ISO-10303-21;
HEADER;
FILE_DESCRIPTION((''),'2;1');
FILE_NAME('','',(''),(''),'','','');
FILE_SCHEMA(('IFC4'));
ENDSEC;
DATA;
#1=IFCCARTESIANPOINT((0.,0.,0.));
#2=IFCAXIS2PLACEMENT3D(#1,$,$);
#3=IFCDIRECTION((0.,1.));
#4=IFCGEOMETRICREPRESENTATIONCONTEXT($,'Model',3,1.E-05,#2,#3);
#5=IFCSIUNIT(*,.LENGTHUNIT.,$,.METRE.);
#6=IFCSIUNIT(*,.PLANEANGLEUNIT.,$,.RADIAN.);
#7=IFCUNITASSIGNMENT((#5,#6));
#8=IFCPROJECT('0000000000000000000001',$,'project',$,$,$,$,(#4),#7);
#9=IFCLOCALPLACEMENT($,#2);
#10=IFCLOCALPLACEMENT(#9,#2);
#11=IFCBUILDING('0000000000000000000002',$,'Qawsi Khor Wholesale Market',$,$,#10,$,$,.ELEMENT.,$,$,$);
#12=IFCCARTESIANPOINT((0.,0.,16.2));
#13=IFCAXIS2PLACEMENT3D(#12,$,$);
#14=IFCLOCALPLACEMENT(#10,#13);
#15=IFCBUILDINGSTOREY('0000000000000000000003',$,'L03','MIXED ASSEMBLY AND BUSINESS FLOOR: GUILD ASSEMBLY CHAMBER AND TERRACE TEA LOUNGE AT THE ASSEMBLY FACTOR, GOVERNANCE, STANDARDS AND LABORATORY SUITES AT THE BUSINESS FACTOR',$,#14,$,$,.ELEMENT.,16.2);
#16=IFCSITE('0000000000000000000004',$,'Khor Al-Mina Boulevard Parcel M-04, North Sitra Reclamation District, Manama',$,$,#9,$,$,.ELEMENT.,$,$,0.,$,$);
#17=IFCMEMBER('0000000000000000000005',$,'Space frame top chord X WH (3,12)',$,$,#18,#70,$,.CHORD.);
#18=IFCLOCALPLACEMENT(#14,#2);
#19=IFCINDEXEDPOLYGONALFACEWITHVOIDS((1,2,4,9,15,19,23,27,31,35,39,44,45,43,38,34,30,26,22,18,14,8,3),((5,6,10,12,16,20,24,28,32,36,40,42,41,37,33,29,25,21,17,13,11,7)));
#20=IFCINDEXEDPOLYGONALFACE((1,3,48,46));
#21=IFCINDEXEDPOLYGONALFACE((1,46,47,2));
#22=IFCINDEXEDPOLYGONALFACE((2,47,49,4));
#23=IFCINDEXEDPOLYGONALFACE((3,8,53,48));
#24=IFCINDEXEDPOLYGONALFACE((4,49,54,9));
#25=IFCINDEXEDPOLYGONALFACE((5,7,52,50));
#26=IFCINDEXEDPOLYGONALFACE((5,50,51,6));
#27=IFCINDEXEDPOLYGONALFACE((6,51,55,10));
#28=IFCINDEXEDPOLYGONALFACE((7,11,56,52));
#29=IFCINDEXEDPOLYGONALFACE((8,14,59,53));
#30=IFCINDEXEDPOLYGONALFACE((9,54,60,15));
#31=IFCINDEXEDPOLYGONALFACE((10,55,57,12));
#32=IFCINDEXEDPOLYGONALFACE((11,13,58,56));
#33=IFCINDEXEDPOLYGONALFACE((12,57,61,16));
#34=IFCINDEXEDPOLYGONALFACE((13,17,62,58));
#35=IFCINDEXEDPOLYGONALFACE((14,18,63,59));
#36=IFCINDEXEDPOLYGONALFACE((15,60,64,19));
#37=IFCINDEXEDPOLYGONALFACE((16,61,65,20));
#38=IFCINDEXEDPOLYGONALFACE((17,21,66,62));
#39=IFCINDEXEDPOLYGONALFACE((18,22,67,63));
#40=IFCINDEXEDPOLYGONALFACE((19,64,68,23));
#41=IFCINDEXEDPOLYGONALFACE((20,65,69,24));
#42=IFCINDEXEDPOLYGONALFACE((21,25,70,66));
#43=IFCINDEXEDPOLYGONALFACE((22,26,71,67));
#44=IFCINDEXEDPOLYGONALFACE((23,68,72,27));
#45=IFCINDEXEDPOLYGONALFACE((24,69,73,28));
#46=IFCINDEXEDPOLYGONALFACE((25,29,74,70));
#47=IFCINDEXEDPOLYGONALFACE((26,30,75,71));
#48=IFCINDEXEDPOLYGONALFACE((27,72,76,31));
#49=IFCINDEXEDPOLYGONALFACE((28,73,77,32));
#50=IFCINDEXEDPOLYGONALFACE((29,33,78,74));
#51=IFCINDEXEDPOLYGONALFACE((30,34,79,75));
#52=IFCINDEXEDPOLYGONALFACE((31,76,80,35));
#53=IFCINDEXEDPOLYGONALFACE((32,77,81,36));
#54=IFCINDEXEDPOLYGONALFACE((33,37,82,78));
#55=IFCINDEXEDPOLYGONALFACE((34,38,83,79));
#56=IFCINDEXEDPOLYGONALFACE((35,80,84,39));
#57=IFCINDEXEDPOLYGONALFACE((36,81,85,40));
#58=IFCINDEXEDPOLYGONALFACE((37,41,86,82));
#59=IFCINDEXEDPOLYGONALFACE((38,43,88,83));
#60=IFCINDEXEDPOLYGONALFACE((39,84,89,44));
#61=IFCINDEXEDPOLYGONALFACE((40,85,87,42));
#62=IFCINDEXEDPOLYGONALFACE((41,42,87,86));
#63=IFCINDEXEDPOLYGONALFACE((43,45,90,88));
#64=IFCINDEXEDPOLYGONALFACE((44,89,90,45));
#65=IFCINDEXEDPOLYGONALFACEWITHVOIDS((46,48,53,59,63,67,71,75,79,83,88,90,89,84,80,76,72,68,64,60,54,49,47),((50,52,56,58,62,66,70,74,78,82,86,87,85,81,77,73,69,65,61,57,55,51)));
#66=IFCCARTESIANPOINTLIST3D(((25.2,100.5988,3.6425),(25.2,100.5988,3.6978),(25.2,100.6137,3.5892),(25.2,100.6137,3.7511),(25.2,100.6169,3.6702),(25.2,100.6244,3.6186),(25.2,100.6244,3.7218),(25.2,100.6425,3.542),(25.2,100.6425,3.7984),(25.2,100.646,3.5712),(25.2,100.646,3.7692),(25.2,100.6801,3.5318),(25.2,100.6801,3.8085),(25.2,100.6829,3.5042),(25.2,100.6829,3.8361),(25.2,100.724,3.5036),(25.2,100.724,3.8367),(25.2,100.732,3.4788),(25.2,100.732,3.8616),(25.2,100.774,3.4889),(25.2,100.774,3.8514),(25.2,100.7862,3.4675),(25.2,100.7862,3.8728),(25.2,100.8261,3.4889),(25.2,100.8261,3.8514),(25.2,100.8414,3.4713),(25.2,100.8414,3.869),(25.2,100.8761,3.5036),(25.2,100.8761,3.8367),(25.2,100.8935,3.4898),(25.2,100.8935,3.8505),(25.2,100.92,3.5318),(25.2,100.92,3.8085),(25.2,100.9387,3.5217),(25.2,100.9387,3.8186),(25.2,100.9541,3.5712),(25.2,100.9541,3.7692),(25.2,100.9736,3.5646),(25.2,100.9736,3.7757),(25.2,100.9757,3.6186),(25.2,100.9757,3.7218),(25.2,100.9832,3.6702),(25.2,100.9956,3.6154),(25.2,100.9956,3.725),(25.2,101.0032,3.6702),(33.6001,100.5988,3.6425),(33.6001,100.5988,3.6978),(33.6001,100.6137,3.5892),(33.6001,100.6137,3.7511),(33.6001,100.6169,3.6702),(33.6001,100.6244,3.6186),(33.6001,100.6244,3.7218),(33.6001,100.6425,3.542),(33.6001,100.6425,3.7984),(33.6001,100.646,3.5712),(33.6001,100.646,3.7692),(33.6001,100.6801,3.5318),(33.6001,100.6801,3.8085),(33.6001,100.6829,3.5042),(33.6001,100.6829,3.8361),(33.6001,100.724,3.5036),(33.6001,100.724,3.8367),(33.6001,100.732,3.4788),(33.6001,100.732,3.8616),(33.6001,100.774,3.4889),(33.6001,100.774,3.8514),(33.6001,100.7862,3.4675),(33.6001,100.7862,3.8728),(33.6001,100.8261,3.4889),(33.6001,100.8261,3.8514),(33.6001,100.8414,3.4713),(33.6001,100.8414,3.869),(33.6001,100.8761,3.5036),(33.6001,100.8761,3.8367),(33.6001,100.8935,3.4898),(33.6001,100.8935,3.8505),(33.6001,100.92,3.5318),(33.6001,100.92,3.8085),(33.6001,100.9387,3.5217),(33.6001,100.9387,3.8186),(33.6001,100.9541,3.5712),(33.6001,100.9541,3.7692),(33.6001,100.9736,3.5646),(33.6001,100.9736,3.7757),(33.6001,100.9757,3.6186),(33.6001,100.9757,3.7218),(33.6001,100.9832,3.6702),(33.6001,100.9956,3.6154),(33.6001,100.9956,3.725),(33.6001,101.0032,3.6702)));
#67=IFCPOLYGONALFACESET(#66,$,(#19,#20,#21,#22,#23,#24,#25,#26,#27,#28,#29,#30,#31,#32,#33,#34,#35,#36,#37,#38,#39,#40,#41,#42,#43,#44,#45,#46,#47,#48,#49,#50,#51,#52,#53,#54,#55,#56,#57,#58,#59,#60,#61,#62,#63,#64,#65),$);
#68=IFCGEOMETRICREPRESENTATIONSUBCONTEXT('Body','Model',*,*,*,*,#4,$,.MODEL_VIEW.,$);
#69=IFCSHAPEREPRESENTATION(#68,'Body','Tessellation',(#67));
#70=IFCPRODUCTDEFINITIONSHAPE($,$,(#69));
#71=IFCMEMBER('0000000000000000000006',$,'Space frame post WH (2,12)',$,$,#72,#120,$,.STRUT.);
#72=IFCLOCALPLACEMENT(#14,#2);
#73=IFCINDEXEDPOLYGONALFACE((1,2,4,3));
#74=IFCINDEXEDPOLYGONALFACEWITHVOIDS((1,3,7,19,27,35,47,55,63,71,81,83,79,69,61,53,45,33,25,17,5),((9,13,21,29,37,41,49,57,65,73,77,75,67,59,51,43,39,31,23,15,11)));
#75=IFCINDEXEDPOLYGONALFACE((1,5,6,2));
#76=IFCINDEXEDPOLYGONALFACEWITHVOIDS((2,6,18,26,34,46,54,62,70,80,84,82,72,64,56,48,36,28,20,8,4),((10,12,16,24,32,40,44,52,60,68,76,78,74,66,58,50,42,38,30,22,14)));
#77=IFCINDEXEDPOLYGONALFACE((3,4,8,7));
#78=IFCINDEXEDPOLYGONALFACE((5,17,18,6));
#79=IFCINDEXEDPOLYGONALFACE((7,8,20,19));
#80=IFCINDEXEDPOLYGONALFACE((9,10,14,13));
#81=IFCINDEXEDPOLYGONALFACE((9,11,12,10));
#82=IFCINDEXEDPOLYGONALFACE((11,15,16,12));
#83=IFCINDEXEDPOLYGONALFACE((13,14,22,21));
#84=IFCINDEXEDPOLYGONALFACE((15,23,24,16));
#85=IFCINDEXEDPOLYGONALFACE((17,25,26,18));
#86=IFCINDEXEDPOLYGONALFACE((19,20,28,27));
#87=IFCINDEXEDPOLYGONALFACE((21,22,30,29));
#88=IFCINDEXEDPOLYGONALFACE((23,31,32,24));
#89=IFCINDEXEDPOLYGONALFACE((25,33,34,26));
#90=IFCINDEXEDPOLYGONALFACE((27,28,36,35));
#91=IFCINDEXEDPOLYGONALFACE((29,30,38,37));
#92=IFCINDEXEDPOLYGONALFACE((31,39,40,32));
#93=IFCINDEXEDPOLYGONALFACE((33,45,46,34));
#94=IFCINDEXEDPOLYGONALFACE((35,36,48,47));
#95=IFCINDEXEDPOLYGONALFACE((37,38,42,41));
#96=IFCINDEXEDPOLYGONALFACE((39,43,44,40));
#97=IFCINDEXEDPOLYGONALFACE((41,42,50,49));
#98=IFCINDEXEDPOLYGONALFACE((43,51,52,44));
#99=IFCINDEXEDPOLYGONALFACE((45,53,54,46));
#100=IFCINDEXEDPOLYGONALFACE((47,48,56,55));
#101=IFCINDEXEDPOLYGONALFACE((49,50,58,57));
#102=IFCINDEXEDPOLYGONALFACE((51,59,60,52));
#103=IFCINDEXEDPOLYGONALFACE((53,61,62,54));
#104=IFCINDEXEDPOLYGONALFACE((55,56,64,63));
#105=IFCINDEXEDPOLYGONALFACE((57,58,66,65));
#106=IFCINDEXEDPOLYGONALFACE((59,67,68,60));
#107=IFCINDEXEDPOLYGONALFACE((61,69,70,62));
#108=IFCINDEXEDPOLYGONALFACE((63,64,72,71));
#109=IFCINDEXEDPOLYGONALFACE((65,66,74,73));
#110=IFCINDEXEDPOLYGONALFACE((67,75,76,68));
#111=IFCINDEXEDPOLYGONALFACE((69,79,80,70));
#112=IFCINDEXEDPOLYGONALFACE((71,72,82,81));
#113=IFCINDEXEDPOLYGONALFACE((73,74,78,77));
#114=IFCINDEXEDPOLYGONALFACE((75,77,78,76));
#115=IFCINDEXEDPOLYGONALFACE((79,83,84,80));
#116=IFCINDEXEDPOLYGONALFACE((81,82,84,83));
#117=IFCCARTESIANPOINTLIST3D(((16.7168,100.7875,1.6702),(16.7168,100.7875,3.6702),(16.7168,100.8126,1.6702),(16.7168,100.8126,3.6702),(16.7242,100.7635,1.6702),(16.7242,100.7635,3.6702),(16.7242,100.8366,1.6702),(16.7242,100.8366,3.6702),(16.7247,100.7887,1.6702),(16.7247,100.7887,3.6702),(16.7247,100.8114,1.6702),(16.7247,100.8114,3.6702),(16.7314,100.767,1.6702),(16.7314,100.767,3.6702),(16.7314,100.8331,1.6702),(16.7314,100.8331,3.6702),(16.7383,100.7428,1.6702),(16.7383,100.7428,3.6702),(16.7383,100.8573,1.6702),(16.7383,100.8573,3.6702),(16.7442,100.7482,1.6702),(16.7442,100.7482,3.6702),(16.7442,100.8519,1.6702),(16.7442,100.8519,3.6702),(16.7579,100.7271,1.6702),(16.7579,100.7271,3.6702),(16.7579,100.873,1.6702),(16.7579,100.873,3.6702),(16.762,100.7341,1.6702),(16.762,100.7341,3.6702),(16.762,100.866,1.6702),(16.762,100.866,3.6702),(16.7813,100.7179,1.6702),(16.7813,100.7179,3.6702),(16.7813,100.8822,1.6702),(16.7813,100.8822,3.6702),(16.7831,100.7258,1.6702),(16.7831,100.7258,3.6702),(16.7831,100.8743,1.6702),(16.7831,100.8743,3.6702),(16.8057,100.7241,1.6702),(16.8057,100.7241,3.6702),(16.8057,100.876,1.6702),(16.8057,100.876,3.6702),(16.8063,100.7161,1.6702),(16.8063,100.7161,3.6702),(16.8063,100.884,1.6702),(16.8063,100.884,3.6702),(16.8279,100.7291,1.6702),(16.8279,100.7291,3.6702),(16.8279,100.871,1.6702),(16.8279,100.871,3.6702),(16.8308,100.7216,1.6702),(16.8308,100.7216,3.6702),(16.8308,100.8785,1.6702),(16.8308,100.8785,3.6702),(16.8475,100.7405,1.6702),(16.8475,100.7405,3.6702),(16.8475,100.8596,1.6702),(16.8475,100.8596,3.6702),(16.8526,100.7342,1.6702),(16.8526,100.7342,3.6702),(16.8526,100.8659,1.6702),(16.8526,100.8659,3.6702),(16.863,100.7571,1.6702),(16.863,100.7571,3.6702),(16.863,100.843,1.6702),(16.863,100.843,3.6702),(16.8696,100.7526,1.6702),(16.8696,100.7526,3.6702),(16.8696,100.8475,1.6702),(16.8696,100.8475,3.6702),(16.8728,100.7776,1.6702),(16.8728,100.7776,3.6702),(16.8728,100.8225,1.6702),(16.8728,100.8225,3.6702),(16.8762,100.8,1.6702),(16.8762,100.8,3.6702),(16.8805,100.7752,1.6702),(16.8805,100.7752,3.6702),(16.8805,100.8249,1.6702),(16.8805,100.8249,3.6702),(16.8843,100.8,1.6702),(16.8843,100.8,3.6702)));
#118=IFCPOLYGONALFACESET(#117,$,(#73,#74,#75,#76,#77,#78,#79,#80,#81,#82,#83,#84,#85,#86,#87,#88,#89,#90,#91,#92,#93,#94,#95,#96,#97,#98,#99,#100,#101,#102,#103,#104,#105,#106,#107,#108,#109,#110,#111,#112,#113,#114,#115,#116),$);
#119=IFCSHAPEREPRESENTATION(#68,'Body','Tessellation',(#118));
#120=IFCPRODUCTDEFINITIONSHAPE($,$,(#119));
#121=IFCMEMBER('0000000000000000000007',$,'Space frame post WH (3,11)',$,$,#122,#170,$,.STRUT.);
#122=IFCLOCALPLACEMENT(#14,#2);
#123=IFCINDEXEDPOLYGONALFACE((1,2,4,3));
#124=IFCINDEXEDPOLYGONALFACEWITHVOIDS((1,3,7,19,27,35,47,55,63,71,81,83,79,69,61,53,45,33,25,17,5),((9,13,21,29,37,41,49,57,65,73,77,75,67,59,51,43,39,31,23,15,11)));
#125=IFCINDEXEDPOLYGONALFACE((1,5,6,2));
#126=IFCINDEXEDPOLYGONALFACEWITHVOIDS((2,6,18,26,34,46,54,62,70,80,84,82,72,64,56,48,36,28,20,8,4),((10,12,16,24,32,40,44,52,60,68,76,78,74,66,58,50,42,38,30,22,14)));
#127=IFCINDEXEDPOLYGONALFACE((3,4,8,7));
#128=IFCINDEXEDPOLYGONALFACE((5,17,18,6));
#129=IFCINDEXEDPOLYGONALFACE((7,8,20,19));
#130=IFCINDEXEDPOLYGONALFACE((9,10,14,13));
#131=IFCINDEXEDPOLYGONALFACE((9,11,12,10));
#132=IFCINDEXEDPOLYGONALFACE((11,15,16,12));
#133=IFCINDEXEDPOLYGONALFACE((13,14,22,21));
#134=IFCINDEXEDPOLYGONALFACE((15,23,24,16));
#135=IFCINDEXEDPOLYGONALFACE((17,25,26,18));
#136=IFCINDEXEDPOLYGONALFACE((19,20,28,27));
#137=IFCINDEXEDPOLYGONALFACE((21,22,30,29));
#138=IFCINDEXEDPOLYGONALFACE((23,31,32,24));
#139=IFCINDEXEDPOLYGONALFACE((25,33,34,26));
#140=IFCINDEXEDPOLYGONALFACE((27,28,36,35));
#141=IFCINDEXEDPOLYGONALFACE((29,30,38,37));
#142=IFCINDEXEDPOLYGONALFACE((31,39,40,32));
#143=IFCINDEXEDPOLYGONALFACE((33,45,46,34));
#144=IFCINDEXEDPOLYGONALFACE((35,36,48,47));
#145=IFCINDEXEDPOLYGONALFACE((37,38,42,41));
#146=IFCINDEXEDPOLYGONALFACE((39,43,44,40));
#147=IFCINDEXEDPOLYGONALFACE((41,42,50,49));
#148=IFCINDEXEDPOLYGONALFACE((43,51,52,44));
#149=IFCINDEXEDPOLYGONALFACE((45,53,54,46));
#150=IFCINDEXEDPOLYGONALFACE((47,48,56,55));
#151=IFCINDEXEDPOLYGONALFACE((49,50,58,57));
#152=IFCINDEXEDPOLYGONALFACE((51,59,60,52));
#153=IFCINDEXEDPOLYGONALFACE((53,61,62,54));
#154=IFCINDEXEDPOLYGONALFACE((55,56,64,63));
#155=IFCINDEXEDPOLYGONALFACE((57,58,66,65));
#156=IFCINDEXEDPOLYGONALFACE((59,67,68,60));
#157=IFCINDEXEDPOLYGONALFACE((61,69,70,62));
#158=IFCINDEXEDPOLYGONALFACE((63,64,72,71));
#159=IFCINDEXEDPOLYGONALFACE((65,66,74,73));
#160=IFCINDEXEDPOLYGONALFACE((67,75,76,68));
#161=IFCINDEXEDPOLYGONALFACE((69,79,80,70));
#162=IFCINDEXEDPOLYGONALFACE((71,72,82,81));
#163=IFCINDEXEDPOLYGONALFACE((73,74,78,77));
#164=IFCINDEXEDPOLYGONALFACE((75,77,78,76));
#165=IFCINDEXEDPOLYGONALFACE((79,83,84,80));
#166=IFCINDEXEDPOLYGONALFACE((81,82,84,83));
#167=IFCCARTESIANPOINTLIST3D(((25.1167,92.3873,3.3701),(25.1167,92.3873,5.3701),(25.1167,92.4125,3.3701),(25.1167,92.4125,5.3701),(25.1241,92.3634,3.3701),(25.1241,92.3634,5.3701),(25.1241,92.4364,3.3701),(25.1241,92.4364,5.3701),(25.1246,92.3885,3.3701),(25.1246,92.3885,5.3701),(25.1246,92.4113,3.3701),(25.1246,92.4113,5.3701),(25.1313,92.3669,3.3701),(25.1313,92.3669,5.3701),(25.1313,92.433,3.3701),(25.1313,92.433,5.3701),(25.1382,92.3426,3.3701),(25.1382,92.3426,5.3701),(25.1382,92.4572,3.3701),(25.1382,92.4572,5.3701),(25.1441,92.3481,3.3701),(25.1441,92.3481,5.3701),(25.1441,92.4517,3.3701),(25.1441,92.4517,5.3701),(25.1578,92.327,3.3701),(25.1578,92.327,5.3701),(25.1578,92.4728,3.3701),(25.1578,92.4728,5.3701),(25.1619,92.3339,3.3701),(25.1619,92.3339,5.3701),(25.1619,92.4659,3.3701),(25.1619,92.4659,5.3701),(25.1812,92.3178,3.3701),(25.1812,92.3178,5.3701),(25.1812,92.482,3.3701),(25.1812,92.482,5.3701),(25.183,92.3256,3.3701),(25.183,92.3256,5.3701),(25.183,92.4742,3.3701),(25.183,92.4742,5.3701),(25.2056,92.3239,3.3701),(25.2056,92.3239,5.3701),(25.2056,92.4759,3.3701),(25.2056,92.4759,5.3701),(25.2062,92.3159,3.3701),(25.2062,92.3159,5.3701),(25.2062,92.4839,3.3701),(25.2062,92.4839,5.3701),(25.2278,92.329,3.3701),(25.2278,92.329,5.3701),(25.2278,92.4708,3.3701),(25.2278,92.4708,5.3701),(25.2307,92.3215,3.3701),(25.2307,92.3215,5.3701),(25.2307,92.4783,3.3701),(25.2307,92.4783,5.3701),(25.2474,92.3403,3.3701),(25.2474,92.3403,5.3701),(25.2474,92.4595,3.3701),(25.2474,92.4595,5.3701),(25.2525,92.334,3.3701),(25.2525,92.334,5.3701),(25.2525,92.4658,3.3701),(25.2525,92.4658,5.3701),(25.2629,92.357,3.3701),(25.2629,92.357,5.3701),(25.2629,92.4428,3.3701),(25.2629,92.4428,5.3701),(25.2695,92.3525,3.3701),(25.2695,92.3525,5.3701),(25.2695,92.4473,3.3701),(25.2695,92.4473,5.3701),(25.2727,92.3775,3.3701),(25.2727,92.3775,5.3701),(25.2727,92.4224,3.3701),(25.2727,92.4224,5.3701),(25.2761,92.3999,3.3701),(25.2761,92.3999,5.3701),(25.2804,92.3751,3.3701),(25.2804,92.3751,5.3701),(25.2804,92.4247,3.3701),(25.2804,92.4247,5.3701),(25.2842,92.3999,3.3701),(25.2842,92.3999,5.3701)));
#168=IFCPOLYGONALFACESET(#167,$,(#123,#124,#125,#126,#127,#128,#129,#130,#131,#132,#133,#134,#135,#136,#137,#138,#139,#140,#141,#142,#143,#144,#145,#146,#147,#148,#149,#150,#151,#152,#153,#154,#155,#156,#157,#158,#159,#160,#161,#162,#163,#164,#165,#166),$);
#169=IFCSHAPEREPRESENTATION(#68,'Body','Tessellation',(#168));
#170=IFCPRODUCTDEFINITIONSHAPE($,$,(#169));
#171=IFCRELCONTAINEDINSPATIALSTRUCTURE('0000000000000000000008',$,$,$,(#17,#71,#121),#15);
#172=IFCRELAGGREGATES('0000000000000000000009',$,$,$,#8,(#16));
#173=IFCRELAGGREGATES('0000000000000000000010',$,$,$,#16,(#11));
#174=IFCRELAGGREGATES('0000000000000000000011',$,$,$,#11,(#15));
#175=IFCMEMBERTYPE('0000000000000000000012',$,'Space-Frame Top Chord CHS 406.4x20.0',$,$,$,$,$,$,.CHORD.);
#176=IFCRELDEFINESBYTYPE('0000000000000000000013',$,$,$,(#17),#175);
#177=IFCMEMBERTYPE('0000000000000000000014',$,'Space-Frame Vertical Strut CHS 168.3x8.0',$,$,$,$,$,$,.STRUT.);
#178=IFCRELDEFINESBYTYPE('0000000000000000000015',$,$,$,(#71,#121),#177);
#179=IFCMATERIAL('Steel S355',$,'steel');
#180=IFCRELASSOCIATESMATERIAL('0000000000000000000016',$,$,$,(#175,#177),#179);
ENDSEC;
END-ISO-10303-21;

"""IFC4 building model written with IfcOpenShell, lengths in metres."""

from ifc_helpers import new_model, si_unit, direction, frame, origin, origin_2d, place, context, subcontext, project, spatial, hollow_circle, extrude, material, material_profile, profile_set, type_object, element, save


model = new_model("IFC4")

# Units and contexts
model_context = context("Model", 3, precision=1e-05, world=origin(), true_north=direction((0.0, 1.0)))
body_context = subcontext(model_context, "Body", "Model", "MODEL_VIEW")
ifc_project = project(units=[si_unit("LENGTHUNIT", "METRE"), si_unit("PLANEANGLEUNIT", "RADIAN")], contexts=[model_context])

# Site, building, storey
site_placement = place(None, origin())
site = spatial("IfcSite", under=ifc_project, at=site_placement, Name="Khor Al-Mina Boulevard Parcel M-04, North Sitra Reclamation District, Manama", CompositionType="ELEMENT", RefElevation=0.0)
building_placement = place(site_placement, origin())
building = spatial("IfcBuilding", under=site, at=building_placement, Name="Qawsi Khor Wholesale Market", CompositionType="ELEMENT")
storey_placement = place(building_placement, frame((0.0, 0.0, 16.2)))
storey = spatial("IfcBuildingStorey", under=building, at=storey_placement, Name="L03", Description="MIXED ASSEMBLY AND BUSINESS FLOOR: GUILD ASSEMBLY CHAMBER AND TERRACE TEA LOUNGE AT THE ASSEMBLY FACTOR, GOVERNANCE, STANDARDS AND LABORATORY SUITES AT THE BUSINESS FACTOR", CompositionType="ELEMENT", Elevation=16.2)

# Members
ifc_material_1 = material(Name="Steel S355", Category="steel")
ifc_material_profile_1 = material_profile(ifc_material_1, hollow_circle(Radius=0.2031, WallThickness=0.02, at=origin_2d()), Name="CHS 406.4x20.0")
ifc_profile_set_1 = profile_set([ifc_material_profile_1], Name="Steel S355")
member_type_1 = type_object("IfcMemberType", Name="Space-Frame Top Chord CHS 406.4x20.0", PredefinedType="CHORD", material=ifc_profile_set_1)
member_1_placement = place(storey_placement, frame((25.2, 100.8, 3.6702), z_axis=(1.0, 0.0, 0.0), x_axis=(0.0, 1.0, 0.0)))
element("IfcMember", 1, at=member_1_placement, inside=storey, type_object=member_type_1, Name="Space frame top chord X WH (3,12)", PredefinedType="CHORD", context=body_context, shape_type="SweptSolid", body=[
    extrude(hollow_circle(Radius=0.2031, WallThickness=0.02, at=origin_2d()), origin(), (0.0, 0.0, 1.0), 8.4001),
])
ifc_material_profile_2 = material_profile(ifc_material_1, hollow_circle(Radius=0.0842, WallThickness=0.0081, at=origin_2d()), Name="CHS 168.3x8.0")
ifc_profile_set_2 = profile_set([ifc_material_profile_2], Name="Steel S355")
member_type_2 = type_object("IfcMemberType", Name="Space-Frame Vertical Strut CHS 168.3x8.0", PredefinedType="STRUT", material=ifc_profile_set_2)
for number, where, z_axis, x_axis, name in (
    (2, (16.8, 100.8, 1.6702), (0.0, 0.0, 1.0), (1.0, 0.0, 0.0), "Space frame post WH (2,12)"),
    (3, (25.2, 92.3999, 3.3701), (0.0, 0.0, 1.0), (1.0, 0.0, 0.0), "Space frame post WH (3,11)"),
):
    element("IfcMember", number, at=place(storey_placement, frame(where, z_axis=z_axis, x_axis=x_axis)), inside=storey, type_object=member_type_2, Name=name, PredefinedType="STRUT", context=body_context, shape_type="SweptSolid", body=[
        extrude(hollow_circle(Radius=0.0842, WallThickness=0.0081, at=origin_2d()), origin(), (0.0, 0.0, 1.0), 2.0),
    ])

save(model, "model.ifc")
